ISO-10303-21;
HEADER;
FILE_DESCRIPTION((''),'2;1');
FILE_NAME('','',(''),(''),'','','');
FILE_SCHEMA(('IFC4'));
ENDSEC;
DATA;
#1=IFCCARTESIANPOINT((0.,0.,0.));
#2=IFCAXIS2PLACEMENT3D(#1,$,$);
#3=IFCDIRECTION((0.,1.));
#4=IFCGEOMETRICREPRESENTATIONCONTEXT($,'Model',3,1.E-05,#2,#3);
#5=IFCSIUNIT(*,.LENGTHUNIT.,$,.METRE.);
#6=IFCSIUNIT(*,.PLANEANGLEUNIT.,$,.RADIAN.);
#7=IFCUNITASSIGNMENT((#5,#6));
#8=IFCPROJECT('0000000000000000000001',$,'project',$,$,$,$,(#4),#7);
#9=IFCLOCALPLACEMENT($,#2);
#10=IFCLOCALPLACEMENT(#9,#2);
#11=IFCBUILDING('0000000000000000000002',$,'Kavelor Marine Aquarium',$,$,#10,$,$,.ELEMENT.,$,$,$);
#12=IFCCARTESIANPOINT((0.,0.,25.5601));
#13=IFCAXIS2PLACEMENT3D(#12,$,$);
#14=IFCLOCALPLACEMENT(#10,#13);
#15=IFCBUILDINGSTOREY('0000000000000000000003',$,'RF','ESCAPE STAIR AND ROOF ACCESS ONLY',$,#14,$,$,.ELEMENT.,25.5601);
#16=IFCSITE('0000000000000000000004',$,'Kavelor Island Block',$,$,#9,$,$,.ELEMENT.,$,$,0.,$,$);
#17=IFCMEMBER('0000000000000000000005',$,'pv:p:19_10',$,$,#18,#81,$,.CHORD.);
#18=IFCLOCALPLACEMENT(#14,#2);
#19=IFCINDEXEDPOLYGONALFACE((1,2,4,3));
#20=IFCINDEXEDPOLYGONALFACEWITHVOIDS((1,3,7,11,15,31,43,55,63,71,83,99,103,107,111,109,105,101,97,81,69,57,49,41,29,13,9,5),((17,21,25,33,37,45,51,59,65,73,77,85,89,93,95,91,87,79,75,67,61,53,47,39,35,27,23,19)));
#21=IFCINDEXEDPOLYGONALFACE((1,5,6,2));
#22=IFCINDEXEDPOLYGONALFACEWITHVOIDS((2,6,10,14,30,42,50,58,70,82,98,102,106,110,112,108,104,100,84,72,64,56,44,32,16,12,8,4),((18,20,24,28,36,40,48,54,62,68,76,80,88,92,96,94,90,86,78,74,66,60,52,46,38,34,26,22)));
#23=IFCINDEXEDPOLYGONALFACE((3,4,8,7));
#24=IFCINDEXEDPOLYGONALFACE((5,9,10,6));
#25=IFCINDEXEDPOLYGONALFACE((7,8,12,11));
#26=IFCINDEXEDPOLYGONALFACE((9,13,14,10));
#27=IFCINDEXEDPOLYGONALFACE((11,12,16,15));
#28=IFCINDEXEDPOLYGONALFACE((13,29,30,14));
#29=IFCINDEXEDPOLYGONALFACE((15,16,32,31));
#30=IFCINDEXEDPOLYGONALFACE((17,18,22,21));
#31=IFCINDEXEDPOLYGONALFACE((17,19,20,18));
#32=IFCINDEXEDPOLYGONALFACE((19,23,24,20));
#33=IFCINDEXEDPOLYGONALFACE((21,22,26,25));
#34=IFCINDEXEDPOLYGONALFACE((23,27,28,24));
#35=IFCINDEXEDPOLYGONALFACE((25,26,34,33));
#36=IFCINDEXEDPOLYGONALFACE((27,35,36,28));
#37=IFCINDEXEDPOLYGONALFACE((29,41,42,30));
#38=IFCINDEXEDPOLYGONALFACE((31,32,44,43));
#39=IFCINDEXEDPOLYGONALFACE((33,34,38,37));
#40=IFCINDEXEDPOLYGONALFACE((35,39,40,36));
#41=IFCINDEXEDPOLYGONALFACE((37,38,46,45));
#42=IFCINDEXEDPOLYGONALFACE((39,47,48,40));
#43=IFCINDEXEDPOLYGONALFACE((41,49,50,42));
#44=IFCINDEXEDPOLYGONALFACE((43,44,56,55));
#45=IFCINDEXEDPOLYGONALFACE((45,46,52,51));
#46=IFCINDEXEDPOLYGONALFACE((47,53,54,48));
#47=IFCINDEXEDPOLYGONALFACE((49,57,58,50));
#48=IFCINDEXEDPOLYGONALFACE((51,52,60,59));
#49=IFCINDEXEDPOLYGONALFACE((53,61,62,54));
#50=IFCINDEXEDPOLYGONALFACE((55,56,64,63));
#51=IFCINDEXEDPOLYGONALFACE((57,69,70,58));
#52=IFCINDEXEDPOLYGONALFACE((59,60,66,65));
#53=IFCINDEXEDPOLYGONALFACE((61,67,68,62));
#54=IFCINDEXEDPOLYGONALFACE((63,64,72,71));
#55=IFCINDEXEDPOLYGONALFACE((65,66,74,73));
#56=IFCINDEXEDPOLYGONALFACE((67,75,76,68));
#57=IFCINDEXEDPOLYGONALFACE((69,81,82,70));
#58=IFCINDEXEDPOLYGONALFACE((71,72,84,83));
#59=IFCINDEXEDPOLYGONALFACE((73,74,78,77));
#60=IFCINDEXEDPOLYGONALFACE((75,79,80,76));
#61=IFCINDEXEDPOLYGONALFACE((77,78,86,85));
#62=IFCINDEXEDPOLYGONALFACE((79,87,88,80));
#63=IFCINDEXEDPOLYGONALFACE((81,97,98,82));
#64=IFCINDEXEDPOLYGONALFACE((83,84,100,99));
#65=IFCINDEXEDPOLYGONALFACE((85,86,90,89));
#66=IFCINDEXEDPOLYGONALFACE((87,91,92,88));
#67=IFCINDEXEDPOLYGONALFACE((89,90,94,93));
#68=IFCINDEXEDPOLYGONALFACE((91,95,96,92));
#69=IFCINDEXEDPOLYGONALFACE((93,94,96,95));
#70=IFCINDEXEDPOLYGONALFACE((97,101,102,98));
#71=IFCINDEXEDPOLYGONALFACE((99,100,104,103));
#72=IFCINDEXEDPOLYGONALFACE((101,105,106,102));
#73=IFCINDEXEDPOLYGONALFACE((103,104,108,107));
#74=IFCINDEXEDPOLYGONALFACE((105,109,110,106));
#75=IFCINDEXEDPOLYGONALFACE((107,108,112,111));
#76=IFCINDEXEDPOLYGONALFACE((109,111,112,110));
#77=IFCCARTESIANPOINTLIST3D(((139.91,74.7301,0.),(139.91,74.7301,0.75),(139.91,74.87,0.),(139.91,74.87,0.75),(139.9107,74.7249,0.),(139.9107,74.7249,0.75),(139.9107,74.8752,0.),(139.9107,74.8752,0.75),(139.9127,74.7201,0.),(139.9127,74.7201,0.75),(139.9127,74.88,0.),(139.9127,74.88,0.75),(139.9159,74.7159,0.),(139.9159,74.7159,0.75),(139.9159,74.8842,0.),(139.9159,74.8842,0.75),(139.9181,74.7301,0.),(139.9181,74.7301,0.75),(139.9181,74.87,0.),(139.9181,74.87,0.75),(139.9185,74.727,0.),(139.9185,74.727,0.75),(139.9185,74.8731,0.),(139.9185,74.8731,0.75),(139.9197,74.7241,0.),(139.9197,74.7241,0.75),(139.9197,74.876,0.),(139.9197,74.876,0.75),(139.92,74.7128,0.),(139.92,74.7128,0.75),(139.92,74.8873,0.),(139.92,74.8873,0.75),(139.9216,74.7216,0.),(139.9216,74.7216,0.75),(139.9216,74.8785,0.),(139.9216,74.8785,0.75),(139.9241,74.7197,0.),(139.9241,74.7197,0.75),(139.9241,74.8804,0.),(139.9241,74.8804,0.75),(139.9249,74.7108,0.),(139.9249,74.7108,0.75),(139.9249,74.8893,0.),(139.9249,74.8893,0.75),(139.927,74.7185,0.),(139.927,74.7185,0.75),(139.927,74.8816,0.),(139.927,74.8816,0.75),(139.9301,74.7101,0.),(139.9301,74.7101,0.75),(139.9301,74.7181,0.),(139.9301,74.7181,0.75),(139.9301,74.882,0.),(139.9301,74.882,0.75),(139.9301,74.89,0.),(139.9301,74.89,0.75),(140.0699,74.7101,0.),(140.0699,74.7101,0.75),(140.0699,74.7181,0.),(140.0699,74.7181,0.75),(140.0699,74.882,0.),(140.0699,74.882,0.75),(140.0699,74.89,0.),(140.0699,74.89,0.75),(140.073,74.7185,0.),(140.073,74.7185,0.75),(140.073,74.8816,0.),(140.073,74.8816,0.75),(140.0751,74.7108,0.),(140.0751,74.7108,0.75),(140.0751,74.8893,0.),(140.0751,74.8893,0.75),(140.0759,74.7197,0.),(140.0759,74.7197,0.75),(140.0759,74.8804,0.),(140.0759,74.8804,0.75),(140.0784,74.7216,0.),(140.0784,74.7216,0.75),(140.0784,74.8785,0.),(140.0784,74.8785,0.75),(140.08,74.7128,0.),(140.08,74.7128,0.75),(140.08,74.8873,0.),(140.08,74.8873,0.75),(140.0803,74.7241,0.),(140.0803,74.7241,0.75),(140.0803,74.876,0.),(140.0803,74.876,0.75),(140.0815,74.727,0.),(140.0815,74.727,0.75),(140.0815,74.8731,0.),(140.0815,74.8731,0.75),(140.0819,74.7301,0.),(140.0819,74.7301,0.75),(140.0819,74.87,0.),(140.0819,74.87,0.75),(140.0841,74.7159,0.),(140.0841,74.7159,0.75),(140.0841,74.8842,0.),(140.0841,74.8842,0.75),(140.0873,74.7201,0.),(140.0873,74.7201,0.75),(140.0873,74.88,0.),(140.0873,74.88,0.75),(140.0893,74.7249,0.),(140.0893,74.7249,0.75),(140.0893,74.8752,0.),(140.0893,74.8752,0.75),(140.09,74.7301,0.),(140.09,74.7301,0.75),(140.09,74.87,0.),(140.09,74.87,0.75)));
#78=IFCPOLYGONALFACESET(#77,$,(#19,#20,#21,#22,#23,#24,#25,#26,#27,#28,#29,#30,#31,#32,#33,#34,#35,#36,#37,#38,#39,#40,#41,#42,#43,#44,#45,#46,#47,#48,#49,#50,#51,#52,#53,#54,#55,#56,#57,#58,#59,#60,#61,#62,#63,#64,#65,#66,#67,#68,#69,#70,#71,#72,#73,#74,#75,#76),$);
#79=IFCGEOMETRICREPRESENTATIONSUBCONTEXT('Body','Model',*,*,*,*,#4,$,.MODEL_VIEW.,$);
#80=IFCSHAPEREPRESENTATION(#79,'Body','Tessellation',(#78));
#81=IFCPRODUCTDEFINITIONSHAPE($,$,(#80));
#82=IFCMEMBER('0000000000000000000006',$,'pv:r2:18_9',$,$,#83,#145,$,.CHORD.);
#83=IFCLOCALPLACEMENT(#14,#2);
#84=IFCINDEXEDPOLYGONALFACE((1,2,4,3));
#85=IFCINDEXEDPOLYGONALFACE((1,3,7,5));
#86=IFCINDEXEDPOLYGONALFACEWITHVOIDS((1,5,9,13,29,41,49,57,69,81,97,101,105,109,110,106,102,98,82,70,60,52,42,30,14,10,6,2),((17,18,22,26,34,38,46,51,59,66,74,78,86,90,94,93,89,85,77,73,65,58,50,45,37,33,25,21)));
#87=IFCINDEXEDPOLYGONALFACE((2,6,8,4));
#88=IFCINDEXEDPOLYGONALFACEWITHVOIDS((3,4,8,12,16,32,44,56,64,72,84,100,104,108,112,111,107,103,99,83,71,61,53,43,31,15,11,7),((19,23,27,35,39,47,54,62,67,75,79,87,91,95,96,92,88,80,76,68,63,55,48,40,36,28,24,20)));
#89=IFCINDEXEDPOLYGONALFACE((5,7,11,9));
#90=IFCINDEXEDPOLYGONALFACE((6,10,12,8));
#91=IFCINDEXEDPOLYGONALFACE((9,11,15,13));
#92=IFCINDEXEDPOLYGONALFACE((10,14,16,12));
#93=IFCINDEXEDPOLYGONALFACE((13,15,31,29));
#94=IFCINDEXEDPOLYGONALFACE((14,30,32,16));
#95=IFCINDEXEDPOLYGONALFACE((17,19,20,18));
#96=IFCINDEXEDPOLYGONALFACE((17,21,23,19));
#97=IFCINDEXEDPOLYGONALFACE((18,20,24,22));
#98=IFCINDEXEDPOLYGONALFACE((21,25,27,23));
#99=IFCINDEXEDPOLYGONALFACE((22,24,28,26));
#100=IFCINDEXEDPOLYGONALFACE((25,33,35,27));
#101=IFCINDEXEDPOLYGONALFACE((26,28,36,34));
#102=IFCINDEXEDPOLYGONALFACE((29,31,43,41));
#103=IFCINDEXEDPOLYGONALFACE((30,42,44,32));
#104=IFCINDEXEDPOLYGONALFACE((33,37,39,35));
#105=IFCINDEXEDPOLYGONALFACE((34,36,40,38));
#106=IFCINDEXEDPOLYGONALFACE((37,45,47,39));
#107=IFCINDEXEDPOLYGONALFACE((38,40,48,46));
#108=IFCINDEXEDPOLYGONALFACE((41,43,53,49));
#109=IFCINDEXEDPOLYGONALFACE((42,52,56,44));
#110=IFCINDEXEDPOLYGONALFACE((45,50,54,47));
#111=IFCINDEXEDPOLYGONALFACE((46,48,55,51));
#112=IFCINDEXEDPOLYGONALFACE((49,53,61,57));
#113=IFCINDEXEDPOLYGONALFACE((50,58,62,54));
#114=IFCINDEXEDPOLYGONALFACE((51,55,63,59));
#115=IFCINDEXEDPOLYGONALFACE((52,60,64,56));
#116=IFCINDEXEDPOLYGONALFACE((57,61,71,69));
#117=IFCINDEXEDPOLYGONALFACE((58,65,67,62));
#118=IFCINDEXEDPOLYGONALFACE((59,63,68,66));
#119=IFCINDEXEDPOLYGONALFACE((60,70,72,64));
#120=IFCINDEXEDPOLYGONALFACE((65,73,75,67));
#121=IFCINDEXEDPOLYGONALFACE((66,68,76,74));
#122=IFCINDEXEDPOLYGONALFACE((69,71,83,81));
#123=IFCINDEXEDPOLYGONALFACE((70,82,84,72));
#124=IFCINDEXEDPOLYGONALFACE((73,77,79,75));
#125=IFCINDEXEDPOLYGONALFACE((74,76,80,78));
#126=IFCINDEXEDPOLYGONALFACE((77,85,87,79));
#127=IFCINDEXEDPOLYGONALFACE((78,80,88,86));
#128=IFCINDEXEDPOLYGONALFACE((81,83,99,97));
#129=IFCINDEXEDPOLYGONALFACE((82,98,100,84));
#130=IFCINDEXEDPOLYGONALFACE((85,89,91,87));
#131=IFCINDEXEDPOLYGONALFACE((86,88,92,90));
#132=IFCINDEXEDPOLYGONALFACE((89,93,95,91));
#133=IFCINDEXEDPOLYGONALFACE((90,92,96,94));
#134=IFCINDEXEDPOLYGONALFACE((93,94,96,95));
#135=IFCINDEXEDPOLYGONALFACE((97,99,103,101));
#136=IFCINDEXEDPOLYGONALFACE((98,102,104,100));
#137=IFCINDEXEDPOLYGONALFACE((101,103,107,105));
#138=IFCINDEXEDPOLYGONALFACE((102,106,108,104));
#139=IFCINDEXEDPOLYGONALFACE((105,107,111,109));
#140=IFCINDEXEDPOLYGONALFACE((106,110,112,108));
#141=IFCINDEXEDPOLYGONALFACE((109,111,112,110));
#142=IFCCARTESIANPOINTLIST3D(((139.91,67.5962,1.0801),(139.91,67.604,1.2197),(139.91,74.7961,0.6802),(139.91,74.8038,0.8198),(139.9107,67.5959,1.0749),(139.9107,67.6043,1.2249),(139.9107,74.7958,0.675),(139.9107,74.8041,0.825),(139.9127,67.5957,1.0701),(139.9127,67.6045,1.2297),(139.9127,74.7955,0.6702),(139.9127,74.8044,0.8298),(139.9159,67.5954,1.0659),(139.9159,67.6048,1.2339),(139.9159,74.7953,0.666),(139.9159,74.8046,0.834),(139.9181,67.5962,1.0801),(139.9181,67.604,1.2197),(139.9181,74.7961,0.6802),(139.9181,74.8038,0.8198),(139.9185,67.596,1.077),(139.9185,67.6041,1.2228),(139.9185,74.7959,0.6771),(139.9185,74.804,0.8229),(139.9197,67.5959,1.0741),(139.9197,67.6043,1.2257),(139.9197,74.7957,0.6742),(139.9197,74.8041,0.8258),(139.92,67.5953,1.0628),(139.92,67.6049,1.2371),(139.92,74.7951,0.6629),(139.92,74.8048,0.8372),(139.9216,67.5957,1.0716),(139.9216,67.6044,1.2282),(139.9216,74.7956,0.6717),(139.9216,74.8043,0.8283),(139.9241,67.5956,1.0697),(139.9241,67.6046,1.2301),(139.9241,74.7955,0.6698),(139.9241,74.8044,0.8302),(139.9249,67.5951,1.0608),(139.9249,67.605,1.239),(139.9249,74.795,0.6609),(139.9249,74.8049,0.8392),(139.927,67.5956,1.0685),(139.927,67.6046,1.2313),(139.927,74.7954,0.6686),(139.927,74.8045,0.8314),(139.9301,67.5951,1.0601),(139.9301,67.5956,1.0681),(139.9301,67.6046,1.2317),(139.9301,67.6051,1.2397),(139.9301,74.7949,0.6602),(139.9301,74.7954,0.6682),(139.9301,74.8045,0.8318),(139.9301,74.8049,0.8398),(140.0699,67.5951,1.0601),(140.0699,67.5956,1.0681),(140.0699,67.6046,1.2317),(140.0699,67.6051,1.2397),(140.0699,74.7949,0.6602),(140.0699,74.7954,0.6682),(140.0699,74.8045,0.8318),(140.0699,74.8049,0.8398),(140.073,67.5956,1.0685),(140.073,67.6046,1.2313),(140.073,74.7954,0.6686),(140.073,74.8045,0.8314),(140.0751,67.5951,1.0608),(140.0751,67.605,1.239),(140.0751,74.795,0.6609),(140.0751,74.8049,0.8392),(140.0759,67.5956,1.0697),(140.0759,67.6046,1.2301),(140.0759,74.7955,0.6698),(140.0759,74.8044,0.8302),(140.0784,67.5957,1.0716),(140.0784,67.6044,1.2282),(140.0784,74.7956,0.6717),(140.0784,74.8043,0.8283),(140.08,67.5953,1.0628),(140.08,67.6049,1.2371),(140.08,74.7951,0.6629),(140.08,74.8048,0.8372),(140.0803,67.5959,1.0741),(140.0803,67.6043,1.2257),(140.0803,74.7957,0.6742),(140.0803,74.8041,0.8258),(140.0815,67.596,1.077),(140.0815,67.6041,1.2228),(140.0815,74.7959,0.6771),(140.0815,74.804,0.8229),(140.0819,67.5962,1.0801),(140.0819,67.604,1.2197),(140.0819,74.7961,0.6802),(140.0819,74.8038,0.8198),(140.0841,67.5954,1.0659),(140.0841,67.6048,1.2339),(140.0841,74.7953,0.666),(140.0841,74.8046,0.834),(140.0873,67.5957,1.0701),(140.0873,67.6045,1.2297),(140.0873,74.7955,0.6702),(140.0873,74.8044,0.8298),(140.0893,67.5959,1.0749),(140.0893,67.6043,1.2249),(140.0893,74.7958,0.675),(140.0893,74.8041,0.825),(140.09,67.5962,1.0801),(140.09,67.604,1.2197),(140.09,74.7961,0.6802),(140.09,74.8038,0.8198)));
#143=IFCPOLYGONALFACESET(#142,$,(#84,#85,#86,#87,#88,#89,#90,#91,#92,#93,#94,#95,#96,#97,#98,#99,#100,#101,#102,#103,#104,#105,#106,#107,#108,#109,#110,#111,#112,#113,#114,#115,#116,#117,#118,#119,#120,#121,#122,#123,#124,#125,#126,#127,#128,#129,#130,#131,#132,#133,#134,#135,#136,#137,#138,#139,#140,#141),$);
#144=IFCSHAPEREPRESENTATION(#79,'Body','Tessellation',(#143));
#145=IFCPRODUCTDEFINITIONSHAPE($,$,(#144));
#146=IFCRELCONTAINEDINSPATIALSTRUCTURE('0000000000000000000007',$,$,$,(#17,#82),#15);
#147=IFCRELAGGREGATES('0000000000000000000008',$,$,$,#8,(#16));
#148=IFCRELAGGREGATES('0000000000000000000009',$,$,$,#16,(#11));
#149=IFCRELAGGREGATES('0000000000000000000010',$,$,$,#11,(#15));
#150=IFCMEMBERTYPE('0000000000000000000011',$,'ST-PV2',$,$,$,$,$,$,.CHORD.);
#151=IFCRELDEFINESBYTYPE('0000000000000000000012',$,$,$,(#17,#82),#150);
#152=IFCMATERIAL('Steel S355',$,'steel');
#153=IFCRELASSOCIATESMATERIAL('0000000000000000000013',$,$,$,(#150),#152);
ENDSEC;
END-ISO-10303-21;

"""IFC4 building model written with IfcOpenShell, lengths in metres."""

from ifc_helpers import new_model, si_unit, direction, frame, origin, origin_2d, place, context, subcontext, project, spatial, hollow_rectangle, extrude, material, material_profile, profile_set, type_object, element, save


model = new_model("IFC4")

# Units and contexts
model_context = context("Model", 3, precision=1e-05, world=origin(), true_north=direction((0.0, 1.0)))
body_context = subcontext(model_context, "Body", "Model", "MODEL_VIEW")
ifc_project = project(units=[si_unit("LENGTHUNIT", "METRE"), si_unit("PLANEANGLEUNIT", "RADIAN")], contexts=[model_context])

# Site, building, storey
site_placement = place(None, origin())
site = spatial("IfcSite", under=ifc_project, at=site_placement, Name="Kavelor Island Block", CompositionType="ELEMENT", RefElevation=0.0)
building_placement = place(site_placement, origin())
building = spatial("IfcBuilding", under=site, at=building_placement, Name="Kavelor Marine Aquarium", CompositionType="ELEMENT")
storey_placement = place(building_placement, frame((0.0, 0.0, 25.5601)))
storey = spatial("IfcBuildingStorey", under=building, at=storey_placement, Name="RF", Description="ESCAPE STAIR AND ROOF ACCESS ONLY", CompositionType="ELEMENT", Elevation=25.5601)

# Members
ifc_material_1 = material(Name="Steel S355", Category="steel")
ifc_material_profile_1 = material_profile(ifc_material_1, hollow_rectangle(XDim=0.1799, YDim=0.1799, WallThickness=0.0081, InnerFilletRadius=0.012, OuterFilletRadius=0.02, at=origin_2d()), Name="SHS 180x180x8.0")
ifc_profile_set_1 = profile_set([ifc_material_profile_1], Name="Steel S355")
member_type_1 = type_object("IfcMemberType", Name="ST-PV2", PredefinedType="CHORD", material=ifc_profile_set_1)
member_1_placement = place(storey_placement, frame((140.0, 74.8, 0.0), z_axis=(0.0, 0.0, 1.0), x_axis=(1.0, 0.0, 0.0)))
element("IfcMember", 1, at=member_1_placement, inside=storey, type_object=member_type_1, Name="pv:p:19_10", PredefinedType="CHORD", context=body_context, shape_type="SweptSolid", body=[
    extrude(hollow_rectangle(XDim=0.1799, YDim=0.1799, WallThickness=0.0081, InnerFilletRadius=0.012, OuterFilletRadius=0.02, at=origin_2d()), origin(), (0.0, 0.0, 1.0), 0.75),
])
member_2_placement = place(storey_placement, frame((140.0, 67.6001, 1.1499), z_axis=(0.0, 0.998461, -0.055457), x_axis=(-1.0, 0.0, 0.0)))
element("IfcMember", 2, at=member_2_placement, inside=storey, type_object=member_type_1, Name="pv:r2:18_9", PredefinedType="CHORD", context=body_context, shape_type="SweptSolid", body=[
    extrude(hollow_rectangle(XDim=0.1799, YDim=0.1799, WallThickness=0.0081, InnerFilletRadius=0.012, OuterFilletRadius=0.02, at=origin_2d()), origin(), (0.0, 0.0, 1.0), 7.2109),
])

save(model, "model.ifc")
